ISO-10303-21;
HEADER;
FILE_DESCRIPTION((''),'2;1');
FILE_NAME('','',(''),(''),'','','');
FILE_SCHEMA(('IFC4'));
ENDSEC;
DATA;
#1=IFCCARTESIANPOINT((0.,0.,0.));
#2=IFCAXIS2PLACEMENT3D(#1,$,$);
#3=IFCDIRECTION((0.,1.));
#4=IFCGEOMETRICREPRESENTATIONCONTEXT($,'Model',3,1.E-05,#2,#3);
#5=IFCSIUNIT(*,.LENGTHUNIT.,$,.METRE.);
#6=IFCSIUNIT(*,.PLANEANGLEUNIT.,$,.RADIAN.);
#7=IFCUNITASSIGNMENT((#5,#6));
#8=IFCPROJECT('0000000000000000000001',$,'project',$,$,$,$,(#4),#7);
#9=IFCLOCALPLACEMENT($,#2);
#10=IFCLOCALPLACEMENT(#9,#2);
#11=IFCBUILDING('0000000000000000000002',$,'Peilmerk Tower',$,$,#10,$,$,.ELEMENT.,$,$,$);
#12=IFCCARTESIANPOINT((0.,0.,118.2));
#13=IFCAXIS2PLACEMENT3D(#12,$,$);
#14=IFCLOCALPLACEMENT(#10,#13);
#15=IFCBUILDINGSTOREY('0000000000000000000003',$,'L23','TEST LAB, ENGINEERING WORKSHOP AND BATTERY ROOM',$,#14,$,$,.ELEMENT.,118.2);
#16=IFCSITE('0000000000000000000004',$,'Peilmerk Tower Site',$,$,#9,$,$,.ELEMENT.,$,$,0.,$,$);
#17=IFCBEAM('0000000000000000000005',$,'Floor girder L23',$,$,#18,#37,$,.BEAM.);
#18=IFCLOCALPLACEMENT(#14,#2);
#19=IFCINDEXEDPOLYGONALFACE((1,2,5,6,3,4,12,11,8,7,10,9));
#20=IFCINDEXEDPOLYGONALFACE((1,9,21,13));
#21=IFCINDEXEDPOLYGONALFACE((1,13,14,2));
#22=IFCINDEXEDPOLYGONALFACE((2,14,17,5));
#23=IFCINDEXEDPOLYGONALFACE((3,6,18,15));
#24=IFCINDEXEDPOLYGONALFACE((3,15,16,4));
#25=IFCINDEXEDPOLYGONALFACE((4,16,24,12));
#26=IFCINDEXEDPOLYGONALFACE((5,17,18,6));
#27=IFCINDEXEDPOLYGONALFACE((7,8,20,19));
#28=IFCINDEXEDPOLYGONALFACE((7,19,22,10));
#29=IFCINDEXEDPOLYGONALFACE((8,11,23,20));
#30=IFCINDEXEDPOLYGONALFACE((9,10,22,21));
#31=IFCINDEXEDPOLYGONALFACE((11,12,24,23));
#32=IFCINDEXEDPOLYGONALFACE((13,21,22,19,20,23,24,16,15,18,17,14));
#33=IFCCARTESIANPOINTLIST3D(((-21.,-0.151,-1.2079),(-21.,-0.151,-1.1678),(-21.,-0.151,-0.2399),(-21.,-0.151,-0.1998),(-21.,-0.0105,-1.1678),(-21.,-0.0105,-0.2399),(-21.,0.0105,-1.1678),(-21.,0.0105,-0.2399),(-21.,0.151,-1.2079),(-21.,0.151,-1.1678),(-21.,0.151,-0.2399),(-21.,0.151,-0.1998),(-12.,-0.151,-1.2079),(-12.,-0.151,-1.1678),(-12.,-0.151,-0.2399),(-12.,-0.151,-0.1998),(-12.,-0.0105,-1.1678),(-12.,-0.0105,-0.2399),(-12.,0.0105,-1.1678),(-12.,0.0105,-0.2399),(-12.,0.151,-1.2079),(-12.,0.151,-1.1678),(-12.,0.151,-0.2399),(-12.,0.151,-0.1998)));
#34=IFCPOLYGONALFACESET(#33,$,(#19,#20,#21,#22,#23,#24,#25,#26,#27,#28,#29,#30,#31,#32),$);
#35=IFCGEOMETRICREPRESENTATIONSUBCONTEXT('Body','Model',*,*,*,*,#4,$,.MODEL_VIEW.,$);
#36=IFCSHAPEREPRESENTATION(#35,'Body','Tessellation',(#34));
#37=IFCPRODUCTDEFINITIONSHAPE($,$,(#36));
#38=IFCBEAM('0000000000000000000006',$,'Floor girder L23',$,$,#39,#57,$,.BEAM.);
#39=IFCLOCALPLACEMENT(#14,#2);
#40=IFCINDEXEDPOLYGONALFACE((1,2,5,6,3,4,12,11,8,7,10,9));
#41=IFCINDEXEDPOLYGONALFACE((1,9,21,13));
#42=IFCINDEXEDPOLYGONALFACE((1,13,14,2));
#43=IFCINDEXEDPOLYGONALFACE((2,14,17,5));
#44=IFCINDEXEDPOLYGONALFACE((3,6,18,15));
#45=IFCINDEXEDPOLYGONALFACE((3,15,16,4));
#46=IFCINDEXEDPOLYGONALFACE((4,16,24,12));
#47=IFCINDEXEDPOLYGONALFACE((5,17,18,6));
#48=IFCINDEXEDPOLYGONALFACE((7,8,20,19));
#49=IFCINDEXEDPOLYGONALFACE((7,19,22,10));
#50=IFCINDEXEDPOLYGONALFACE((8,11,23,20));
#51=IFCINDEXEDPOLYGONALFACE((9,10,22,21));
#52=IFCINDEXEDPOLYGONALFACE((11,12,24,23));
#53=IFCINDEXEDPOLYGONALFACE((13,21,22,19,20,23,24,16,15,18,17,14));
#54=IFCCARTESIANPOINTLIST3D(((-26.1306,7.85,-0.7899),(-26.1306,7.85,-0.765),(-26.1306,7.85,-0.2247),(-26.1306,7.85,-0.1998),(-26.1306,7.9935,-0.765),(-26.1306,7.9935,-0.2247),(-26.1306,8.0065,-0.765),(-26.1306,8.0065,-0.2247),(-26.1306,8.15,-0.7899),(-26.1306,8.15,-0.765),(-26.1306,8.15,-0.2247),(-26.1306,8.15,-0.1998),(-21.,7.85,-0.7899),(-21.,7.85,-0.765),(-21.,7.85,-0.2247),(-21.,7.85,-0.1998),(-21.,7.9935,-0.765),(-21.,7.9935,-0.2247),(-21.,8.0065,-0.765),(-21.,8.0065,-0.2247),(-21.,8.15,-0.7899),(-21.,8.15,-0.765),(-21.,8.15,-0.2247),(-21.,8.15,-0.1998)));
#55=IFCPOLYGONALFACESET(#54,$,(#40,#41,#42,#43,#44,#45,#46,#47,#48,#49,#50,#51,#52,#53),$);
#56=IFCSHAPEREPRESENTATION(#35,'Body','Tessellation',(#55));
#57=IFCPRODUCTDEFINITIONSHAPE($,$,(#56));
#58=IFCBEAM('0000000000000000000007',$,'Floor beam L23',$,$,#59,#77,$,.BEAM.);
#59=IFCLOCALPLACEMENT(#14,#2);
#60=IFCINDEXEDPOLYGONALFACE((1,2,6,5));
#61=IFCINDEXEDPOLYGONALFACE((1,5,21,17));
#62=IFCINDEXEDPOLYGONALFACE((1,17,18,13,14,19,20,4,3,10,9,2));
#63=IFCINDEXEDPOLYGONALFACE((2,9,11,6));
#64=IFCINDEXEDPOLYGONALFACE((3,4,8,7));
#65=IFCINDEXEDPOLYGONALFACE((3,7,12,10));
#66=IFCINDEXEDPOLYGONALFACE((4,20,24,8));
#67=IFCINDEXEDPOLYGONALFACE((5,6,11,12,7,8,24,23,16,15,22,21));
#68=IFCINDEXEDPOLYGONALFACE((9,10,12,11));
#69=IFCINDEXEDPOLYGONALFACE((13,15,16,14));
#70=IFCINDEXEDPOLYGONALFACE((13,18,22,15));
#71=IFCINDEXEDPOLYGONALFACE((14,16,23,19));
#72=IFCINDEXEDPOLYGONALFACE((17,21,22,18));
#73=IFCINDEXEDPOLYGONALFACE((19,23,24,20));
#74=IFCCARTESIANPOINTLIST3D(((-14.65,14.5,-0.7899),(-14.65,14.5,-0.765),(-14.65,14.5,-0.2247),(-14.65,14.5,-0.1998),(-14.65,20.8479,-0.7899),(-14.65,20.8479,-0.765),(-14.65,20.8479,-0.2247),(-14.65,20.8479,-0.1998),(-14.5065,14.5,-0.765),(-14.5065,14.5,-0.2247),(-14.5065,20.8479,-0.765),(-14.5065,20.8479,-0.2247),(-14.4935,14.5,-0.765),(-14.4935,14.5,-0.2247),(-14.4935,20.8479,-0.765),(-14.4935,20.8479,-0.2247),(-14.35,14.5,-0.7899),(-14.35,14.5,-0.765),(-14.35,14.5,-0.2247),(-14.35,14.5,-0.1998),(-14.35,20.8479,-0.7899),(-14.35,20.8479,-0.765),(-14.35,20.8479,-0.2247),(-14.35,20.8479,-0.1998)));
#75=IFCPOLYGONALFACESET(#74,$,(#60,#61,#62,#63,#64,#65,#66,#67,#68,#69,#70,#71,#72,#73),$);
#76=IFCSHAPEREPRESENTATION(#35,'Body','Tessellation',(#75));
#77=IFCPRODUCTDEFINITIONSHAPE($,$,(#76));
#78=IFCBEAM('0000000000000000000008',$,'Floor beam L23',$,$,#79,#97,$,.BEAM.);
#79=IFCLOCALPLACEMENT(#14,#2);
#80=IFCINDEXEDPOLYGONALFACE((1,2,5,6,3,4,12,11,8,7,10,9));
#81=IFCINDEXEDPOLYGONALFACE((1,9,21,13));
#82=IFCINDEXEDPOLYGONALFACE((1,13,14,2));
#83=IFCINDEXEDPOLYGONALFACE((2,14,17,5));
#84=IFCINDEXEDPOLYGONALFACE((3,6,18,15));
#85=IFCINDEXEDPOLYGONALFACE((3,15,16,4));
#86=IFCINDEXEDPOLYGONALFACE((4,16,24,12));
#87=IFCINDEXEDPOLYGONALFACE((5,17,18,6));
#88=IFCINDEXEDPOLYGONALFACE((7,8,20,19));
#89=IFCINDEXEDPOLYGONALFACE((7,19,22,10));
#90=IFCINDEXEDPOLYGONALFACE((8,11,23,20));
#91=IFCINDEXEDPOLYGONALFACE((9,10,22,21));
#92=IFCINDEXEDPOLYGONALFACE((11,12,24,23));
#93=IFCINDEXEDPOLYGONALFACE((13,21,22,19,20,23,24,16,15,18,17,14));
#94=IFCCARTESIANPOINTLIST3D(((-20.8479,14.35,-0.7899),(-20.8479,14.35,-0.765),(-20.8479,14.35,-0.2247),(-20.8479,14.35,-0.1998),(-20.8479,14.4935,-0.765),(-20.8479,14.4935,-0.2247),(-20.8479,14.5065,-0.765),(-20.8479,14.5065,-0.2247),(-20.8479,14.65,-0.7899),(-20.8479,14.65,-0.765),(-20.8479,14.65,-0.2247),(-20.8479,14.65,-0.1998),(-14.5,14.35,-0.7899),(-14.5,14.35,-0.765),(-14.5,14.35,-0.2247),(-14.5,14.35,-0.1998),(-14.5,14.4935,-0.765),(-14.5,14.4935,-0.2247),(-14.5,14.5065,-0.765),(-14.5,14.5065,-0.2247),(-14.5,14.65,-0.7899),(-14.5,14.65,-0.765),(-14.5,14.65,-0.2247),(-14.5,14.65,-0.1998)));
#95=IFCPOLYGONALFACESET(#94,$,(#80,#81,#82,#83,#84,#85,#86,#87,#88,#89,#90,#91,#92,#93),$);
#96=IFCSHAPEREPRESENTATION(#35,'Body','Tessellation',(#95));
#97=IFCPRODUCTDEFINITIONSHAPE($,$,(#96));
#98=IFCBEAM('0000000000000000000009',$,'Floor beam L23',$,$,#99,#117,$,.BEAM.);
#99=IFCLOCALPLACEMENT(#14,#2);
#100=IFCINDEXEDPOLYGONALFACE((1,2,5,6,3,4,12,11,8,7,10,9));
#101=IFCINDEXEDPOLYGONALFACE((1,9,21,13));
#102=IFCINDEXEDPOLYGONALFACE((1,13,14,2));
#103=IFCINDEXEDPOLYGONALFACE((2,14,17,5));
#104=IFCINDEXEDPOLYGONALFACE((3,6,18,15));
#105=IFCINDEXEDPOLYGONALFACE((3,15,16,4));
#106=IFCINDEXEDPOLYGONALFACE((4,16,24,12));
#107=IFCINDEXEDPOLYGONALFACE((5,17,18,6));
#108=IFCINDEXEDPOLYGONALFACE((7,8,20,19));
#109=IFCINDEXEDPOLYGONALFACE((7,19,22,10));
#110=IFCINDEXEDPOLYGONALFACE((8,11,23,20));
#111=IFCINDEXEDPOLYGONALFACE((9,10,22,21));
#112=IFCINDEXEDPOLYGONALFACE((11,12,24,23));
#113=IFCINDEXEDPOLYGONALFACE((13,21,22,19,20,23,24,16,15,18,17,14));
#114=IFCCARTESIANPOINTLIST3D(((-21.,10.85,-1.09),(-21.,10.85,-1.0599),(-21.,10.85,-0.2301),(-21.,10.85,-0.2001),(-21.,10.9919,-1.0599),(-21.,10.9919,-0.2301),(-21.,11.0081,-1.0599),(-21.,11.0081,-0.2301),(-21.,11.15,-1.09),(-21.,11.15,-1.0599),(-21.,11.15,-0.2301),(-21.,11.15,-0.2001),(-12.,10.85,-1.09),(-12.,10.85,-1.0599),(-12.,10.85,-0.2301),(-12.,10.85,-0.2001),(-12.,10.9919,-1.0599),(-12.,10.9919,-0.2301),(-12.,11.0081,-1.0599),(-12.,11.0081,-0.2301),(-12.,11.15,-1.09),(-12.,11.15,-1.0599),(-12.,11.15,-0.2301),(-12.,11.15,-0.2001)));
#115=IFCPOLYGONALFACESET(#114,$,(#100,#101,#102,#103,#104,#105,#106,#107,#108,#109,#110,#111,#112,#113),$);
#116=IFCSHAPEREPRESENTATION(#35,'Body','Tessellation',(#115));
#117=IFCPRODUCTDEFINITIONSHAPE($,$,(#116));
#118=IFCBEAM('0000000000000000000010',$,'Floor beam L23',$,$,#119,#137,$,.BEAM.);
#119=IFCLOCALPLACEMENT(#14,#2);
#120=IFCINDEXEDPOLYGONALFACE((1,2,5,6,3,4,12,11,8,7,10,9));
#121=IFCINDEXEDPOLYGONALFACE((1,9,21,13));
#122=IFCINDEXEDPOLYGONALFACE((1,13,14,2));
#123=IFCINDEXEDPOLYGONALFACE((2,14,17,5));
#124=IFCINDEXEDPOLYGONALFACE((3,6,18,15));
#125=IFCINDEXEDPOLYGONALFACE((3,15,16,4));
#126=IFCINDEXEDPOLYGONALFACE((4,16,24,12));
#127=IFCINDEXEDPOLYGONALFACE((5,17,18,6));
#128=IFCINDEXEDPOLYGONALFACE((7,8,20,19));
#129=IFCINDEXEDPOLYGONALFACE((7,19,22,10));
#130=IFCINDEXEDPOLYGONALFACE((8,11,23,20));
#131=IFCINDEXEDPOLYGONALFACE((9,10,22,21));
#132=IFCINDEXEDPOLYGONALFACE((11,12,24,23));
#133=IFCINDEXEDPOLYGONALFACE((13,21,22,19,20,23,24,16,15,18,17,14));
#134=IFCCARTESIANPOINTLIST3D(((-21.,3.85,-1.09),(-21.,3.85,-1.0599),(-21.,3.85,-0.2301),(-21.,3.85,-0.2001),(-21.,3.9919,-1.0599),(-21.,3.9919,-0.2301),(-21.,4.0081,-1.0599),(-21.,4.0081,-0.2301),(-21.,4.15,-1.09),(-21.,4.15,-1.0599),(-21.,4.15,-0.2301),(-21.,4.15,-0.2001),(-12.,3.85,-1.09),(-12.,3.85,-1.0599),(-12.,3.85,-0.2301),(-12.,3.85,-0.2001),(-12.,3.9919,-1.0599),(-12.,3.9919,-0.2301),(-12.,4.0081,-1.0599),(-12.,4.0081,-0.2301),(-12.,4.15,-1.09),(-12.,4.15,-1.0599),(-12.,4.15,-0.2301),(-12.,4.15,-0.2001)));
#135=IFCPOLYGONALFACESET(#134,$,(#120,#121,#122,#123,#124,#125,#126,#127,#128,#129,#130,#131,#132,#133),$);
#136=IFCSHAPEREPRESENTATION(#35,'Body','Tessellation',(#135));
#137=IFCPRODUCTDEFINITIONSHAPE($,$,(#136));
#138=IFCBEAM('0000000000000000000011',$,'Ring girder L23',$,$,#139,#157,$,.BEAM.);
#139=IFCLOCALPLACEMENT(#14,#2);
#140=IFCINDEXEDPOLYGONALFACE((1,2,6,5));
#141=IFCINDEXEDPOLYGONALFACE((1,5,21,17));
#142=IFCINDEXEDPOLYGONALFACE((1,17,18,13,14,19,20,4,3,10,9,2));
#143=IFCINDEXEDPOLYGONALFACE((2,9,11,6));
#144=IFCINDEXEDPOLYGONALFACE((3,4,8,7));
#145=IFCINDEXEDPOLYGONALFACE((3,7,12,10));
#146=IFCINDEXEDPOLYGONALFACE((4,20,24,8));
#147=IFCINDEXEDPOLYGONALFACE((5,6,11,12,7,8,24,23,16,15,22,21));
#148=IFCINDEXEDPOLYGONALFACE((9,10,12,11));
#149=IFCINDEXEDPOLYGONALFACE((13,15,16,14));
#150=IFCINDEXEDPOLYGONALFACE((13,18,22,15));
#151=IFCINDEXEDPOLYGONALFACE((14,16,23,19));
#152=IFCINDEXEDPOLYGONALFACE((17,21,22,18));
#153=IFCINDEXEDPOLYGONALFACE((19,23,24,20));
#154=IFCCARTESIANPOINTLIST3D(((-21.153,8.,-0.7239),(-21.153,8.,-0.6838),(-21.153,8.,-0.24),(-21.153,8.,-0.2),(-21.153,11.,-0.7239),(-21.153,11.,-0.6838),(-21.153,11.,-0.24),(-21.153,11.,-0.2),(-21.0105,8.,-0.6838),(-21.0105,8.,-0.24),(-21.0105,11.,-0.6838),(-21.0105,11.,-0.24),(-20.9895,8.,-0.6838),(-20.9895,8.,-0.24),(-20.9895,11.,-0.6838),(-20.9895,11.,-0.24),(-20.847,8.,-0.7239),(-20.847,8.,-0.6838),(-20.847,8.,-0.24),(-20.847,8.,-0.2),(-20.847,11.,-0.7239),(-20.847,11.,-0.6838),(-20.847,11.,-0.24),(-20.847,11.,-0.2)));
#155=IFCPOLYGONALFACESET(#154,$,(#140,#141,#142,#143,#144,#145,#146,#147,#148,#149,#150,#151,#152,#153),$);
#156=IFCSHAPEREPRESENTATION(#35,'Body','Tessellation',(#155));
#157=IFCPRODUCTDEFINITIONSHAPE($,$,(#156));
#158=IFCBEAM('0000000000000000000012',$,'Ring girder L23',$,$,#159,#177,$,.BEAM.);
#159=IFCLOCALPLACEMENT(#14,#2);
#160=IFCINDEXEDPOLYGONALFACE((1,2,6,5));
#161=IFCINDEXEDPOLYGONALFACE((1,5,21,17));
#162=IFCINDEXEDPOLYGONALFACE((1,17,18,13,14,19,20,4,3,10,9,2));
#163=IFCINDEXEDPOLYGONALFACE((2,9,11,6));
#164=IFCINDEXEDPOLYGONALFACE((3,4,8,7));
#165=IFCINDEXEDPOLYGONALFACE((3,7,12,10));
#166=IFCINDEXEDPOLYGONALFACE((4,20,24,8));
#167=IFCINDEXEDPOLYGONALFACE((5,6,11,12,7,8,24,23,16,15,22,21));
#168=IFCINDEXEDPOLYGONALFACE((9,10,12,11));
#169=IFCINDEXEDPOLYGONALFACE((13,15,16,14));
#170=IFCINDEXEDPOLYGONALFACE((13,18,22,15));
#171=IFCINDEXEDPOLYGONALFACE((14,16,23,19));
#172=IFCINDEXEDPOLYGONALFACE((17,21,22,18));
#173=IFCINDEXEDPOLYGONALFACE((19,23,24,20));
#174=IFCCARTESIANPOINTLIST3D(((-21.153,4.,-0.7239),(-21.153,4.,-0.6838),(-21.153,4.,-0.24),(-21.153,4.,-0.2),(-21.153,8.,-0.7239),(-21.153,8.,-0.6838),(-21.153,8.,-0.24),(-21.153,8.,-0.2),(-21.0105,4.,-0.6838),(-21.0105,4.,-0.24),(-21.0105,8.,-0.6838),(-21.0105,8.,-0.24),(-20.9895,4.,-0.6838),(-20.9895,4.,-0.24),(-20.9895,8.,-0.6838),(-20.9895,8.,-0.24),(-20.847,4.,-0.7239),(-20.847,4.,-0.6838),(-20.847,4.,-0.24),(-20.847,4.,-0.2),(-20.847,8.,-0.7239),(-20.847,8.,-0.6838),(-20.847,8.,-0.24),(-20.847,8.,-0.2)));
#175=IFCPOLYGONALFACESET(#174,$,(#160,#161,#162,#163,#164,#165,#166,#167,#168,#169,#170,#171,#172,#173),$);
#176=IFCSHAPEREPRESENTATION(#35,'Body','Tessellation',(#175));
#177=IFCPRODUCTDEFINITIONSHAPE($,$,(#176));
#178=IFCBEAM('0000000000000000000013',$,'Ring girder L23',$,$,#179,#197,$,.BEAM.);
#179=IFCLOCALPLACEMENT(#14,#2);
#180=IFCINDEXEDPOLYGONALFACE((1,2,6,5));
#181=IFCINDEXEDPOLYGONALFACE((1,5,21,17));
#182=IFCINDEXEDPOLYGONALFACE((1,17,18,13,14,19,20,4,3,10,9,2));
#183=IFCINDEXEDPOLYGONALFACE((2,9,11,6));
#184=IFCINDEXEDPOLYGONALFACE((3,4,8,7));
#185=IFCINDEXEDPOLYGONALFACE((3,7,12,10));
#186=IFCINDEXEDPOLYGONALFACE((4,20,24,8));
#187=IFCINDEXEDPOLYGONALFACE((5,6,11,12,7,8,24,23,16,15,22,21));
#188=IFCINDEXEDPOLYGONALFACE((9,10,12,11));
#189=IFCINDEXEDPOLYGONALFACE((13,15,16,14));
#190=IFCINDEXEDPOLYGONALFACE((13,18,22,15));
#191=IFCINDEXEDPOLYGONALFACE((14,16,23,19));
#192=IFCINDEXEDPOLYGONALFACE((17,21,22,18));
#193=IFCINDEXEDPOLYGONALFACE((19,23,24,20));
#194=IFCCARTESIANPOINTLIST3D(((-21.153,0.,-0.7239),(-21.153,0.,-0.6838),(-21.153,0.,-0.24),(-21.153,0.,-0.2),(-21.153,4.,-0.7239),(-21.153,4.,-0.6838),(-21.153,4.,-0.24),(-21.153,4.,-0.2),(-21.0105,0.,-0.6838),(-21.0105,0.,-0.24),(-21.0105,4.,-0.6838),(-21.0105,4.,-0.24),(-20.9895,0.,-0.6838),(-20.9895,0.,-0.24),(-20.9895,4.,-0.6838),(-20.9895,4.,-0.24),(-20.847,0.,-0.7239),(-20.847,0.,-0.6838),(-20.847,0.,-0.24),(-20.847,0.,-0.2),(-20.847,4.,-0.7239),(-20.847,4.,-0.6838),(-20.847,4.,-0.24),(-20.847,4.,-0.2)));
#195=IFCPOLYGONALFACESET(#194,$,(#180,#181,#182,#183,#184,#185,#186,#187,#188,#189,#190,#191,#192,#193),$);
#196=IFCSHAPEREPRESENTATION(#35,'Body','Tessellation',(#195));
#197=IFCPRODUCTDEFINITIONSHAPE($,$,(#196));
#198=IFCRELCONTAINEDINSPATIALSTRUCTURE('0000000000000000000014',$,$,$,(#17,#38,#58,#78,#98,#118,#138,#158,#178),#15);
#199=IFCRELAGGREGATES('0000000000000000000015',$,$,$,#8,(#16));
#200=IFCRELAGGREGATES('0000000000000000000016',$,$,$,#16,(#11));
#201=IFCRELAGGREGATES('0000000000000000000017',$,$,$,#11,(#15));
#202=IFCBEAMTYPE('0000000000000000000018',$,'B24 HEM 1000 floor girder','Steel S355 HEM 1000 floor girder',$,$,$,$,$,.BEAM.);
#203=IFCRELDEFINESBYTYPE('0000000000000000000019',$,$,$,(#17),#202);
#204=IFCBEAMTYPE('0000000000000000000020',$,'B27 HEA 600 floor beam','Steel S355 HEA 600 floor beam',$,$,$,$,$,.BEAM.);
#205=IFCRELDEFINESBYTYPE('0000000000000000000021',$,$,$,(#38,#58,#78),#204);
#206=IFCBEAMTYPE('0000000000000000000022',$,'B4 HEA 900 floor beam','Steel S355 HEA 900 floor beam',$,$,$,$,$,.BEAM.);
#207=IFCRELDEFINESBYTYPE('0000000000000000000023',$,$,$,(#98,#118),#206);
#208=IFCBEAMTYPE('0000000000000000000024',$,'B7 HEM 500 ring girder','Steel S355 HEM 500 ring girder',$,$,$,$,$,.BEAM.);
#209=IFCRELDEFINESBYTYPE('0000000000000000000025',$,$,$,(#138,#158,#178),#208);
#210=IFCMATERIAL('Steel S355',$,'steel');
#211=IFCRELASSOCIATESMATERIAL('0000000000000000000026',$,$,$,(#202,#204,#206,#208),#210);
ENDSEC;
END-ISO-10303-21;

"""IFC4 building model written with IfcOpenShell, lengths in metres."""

from ifc_helpers import new_model, si_unit, direction, frame, origin, origin_2d, place, context, subcontext, project, spatial, i_section, extrude, material, material_profile, profile_set, type_object, element, save


model = new_model("IFC4")

# Units and contexts
model_context = context("Model", 3, precision=1e-05, world=origin(), true_north=direction((0.0, 1.0)))
body_context = subcontext(model_context, "Body", "Model", "MODEL_VIEW")
ifc_project = project(units=[si_unit("LENGTHUNIT", "METRE"), si_unit("PLANEANGLEUNIT", "RADIAN")], contexts=[model_context])

# Site, building, storey
site_placement = place(None, origin())
site = spatial("IfcSite", under=ifc_project, at=site_placement, Name="Peilmerk Tower Site", CompositionType="ELEMENT", RefElevation=0.0)
building_placement = place(site_placement, origin())
building = spatial("IfcBuilding", under=site, at=building_placement, Name="Peilmerk Tower", CompositionType="ELEMENT")
storey_placement = place(building_placement, frame((0.0, 0.0, 118.2)))
storey = spatial("IfcBuildingStorey", under=building, at=storey_placement, Name="L23", Description="TEST LAB, ENGINEERING WORKSHOP AND BATTERY ROOM", CompositionType="ELEMENT", Elevation=118.2)

# Beams
ifc_material_1 = material(Name="Steel S355", Category="steel")
ifc_material_profile_1 = material_profile(ifc_material_1, i_section(OverallWidth=0.302, OverallDepth=1.0081, WebThickness=0.021, FlangeThickness=0.04, at=origin_2d()), Name="HEM 1000")
ifc_profile_set_1 = profile_set([ifc_material_profile_1], Name="Steel S355")
beam_type_1 = type_object("IfcBeamType", Name="B24 HEM 1000 floor girder", Description="Steel S355 HEM 1000 floor girder", PredefinedType="BEAM", material=ifc_profile_set_1)
for number, where, z_axis, x_axis, name in (
    (1, (-12.0, 0.0, -0.7039), (-1.0, 0.0, 0.0), (0.0, -1.0, 0.0), "Floor girder L23"),
):
    element("IfcBeam", number, at=place(storey_placement, frame(where, z_axis=z_axis, x_axis=x_axis)), inside=storey, type_object=beam_type_1, Name=name, PredefinedType="BEAM", context=body_context, shape_type="SweptSolid", body=[
        extrude(i_section(OverallWidth=0.302, OverallDepth=1.0081, WebThickness=0.021, FlangeThickness=0.04, at=origin_2d()), origin(), (0.0, 0.0, 1.0), 9.0),
    ])
ifc_material_profile_2 = material_profile(ifc_material_1, i_section(OverallWidth=0.3, OverallDepth=0.5901, WebThickness=0.0129, FlangeThickness=0.0249, at=origin_2d()), Name="HEA 600")
ifc_profile_set_2 = profile_set([ifc_material_profile_2], Name="Steel S355")
beam_type_2 = type_object("IfcBeamType", Name="B27 HEA 600 floor beam", Description="Steel S355 HEA 600 floor beam", PredefinedType="BEAM", material=ifc_profile_set_2)
beam_1_placement = place(storey_placement, frame((-21.0, 8.0, -0.4949), z_axis=(-1.0, 0.0, 0.0), x_axis=(0.0, -1.0, 0.0)))
element("IfcBeam", 2, at=beam_1_placement, inside=storey, type_object=beam_type_2, Name="Floor girder L23", PredefinedType="BEAM", context=body_context, shape_type="SweptSolid", body=[
    extrude(i_section(OverallWidth=0.3, OverallDepth=0.5901, WebThickness=0.0129, FlangeThickness=0.0249, at=origin_2d()), origin(), (0.0, 0.0, 1.0), 5.1306),
])
for number, where, z_axis, x_axis, name in (
    (3, (-14.5, 14.5, -0.4949), (0.0, 1.0, 0.0), (-1.0, 0.0, 0.0), "Floor beam L23"),
    (4, (-14.5, 14.5, -0.4949), (-1.0, 0.0, 0.0), (0.0, -1.0, 0.0), "Floor beam L23"),
):
    element("IfcBeam", number, at=place(storey_placement, frame(where, z_axis=z_axis, x_axis=x_axis)), inside=storey, type_object=beam_type_2, Name=name, PredefinedType="BEAM", context=body_context, shape_type="SweptSolid", body=[
        extrude(i_section(OverallWidth=0.3, OverallDepth=0.5901, WebThickness=0.0129, FlangeThickness=0.0249, at=origin_2d()), origin(), (0.0, 0.0, 1.0), 6.3479),
    ])
ifc_material_profile_3 = material_profile(ifc_material_1, i_section(OverallWidth=0.3, OverallDepth=0.8899, WebThickness=0.0161, FlangeThickness=0.03, at=origin_2d()), Name="HEA 900")
ifc_profile_set_3 = profile_set([ifc_material_profile_3], Name="Steel S355")
beam_type_3 = type_object("IfcBeamType", Name="B4 HEA 900 floor beam", Description="Steel S355 HEA 900 floor beam", PredefinedType="BEAM", material=ifc_profile_set_3)
for number, where, z_axis, x_axis, name in (
    (5, (-12.0, 11.0, -0.645), (-1.0, 0.0, 0.0), (0.0, -1.0, 0.0), "Floor beam L23"),
    (6, (-12.0, 4.0, -0.645), (-1.0, 0.0, 0.0), (0.0, -1.0, 0.0), "Floor beam L23"),
):
    element("IfcBeam", number, at=place(storey_placement, frame(where, z_axis=z_axis, x_axis=x_axis)), inside=storey, type_object=beam_type_3, Name=name, PredefinedType="BEAM", context=body_context, shape_type="SweptSolid", body=[
        extrude(i_section(OverallWidth=0.3, OverallDepth=0.8899, WebThickness=0.0161, FlangeThickness=0.03, at=origin_2d()), origin(), (0.0, 0.0, 1.0), 9.0),
    ])
ifc_material_profile_4 = material_profile(ifc_material_1, i_section(OverallWidth=0.3059, OverallDepth=0.5239, WebThickness=0.021, FlangeThickness=0.04, at=origin_2d()), Name="HEM 500")
ifc_profile_set_4 = profile_set([ifc_material_profile_4], Name="Steel S355")
beam_type_4 = type_object("IfcBeamType", Name="B7 HEM 500 ring girder", Description="Steel S355 HEM 500 ring girder", PredefinedType="BEAM", material=ifc_profile_set_4)
beam_2_placement = place(storey_placement, frame((-21.0, 11.0, -0.4619), z_axis=(0.0, -1.0, 0.0), x_axis=(1.0, 0.0, 0.0)))
element("IfcBeam", 7, at=beam_2_placement, inside=storey, type_object=beam_type_4, Name="Ring girder L23", PredefinedType="BEAM", context=body_context, shape_type="SweptSolid", body=[
    extrude(i_section(OverallWidth=0.3059, OverallDepth=0.5239, WebThickness=0.021, FlangeThickness=0.04, at=origin_2d()), origin(), (0.0, 0.0, 1.0), 3.0),
])
for number, where, z_axis, x_axis, name in (
    (8, (-21.0, 8.0, -0.4619), (0.0, -1.0, 0.0), (1.0, 0.0, 0.0), "Ring girder L23"),
    (9, (-21.0, 4.0, -0.4619), (0.0, -1.0, 0.0), (1.0, 0.0, 0.0), "Ring girder L23"),
):
    element("IfcBeam", number, at=place(storey_placement, frame(where, z_axis=z_axis, x_axis=x_axis)), inside=storey, type_object=beam_type_4, Name=name, PredefinedType="BEAM", context=body_context, shape_type="SweptSolid", body=[
        extrude(i_section(OverallWidth=0.3059, OverallDepth=0.5239, WebThickness=0.021, FlangeThickness=0.04, at=origin_2d()), origin(), (0.0, 0.0, 1.0), 4.0),
    ])

save(model, "model.ifc")
